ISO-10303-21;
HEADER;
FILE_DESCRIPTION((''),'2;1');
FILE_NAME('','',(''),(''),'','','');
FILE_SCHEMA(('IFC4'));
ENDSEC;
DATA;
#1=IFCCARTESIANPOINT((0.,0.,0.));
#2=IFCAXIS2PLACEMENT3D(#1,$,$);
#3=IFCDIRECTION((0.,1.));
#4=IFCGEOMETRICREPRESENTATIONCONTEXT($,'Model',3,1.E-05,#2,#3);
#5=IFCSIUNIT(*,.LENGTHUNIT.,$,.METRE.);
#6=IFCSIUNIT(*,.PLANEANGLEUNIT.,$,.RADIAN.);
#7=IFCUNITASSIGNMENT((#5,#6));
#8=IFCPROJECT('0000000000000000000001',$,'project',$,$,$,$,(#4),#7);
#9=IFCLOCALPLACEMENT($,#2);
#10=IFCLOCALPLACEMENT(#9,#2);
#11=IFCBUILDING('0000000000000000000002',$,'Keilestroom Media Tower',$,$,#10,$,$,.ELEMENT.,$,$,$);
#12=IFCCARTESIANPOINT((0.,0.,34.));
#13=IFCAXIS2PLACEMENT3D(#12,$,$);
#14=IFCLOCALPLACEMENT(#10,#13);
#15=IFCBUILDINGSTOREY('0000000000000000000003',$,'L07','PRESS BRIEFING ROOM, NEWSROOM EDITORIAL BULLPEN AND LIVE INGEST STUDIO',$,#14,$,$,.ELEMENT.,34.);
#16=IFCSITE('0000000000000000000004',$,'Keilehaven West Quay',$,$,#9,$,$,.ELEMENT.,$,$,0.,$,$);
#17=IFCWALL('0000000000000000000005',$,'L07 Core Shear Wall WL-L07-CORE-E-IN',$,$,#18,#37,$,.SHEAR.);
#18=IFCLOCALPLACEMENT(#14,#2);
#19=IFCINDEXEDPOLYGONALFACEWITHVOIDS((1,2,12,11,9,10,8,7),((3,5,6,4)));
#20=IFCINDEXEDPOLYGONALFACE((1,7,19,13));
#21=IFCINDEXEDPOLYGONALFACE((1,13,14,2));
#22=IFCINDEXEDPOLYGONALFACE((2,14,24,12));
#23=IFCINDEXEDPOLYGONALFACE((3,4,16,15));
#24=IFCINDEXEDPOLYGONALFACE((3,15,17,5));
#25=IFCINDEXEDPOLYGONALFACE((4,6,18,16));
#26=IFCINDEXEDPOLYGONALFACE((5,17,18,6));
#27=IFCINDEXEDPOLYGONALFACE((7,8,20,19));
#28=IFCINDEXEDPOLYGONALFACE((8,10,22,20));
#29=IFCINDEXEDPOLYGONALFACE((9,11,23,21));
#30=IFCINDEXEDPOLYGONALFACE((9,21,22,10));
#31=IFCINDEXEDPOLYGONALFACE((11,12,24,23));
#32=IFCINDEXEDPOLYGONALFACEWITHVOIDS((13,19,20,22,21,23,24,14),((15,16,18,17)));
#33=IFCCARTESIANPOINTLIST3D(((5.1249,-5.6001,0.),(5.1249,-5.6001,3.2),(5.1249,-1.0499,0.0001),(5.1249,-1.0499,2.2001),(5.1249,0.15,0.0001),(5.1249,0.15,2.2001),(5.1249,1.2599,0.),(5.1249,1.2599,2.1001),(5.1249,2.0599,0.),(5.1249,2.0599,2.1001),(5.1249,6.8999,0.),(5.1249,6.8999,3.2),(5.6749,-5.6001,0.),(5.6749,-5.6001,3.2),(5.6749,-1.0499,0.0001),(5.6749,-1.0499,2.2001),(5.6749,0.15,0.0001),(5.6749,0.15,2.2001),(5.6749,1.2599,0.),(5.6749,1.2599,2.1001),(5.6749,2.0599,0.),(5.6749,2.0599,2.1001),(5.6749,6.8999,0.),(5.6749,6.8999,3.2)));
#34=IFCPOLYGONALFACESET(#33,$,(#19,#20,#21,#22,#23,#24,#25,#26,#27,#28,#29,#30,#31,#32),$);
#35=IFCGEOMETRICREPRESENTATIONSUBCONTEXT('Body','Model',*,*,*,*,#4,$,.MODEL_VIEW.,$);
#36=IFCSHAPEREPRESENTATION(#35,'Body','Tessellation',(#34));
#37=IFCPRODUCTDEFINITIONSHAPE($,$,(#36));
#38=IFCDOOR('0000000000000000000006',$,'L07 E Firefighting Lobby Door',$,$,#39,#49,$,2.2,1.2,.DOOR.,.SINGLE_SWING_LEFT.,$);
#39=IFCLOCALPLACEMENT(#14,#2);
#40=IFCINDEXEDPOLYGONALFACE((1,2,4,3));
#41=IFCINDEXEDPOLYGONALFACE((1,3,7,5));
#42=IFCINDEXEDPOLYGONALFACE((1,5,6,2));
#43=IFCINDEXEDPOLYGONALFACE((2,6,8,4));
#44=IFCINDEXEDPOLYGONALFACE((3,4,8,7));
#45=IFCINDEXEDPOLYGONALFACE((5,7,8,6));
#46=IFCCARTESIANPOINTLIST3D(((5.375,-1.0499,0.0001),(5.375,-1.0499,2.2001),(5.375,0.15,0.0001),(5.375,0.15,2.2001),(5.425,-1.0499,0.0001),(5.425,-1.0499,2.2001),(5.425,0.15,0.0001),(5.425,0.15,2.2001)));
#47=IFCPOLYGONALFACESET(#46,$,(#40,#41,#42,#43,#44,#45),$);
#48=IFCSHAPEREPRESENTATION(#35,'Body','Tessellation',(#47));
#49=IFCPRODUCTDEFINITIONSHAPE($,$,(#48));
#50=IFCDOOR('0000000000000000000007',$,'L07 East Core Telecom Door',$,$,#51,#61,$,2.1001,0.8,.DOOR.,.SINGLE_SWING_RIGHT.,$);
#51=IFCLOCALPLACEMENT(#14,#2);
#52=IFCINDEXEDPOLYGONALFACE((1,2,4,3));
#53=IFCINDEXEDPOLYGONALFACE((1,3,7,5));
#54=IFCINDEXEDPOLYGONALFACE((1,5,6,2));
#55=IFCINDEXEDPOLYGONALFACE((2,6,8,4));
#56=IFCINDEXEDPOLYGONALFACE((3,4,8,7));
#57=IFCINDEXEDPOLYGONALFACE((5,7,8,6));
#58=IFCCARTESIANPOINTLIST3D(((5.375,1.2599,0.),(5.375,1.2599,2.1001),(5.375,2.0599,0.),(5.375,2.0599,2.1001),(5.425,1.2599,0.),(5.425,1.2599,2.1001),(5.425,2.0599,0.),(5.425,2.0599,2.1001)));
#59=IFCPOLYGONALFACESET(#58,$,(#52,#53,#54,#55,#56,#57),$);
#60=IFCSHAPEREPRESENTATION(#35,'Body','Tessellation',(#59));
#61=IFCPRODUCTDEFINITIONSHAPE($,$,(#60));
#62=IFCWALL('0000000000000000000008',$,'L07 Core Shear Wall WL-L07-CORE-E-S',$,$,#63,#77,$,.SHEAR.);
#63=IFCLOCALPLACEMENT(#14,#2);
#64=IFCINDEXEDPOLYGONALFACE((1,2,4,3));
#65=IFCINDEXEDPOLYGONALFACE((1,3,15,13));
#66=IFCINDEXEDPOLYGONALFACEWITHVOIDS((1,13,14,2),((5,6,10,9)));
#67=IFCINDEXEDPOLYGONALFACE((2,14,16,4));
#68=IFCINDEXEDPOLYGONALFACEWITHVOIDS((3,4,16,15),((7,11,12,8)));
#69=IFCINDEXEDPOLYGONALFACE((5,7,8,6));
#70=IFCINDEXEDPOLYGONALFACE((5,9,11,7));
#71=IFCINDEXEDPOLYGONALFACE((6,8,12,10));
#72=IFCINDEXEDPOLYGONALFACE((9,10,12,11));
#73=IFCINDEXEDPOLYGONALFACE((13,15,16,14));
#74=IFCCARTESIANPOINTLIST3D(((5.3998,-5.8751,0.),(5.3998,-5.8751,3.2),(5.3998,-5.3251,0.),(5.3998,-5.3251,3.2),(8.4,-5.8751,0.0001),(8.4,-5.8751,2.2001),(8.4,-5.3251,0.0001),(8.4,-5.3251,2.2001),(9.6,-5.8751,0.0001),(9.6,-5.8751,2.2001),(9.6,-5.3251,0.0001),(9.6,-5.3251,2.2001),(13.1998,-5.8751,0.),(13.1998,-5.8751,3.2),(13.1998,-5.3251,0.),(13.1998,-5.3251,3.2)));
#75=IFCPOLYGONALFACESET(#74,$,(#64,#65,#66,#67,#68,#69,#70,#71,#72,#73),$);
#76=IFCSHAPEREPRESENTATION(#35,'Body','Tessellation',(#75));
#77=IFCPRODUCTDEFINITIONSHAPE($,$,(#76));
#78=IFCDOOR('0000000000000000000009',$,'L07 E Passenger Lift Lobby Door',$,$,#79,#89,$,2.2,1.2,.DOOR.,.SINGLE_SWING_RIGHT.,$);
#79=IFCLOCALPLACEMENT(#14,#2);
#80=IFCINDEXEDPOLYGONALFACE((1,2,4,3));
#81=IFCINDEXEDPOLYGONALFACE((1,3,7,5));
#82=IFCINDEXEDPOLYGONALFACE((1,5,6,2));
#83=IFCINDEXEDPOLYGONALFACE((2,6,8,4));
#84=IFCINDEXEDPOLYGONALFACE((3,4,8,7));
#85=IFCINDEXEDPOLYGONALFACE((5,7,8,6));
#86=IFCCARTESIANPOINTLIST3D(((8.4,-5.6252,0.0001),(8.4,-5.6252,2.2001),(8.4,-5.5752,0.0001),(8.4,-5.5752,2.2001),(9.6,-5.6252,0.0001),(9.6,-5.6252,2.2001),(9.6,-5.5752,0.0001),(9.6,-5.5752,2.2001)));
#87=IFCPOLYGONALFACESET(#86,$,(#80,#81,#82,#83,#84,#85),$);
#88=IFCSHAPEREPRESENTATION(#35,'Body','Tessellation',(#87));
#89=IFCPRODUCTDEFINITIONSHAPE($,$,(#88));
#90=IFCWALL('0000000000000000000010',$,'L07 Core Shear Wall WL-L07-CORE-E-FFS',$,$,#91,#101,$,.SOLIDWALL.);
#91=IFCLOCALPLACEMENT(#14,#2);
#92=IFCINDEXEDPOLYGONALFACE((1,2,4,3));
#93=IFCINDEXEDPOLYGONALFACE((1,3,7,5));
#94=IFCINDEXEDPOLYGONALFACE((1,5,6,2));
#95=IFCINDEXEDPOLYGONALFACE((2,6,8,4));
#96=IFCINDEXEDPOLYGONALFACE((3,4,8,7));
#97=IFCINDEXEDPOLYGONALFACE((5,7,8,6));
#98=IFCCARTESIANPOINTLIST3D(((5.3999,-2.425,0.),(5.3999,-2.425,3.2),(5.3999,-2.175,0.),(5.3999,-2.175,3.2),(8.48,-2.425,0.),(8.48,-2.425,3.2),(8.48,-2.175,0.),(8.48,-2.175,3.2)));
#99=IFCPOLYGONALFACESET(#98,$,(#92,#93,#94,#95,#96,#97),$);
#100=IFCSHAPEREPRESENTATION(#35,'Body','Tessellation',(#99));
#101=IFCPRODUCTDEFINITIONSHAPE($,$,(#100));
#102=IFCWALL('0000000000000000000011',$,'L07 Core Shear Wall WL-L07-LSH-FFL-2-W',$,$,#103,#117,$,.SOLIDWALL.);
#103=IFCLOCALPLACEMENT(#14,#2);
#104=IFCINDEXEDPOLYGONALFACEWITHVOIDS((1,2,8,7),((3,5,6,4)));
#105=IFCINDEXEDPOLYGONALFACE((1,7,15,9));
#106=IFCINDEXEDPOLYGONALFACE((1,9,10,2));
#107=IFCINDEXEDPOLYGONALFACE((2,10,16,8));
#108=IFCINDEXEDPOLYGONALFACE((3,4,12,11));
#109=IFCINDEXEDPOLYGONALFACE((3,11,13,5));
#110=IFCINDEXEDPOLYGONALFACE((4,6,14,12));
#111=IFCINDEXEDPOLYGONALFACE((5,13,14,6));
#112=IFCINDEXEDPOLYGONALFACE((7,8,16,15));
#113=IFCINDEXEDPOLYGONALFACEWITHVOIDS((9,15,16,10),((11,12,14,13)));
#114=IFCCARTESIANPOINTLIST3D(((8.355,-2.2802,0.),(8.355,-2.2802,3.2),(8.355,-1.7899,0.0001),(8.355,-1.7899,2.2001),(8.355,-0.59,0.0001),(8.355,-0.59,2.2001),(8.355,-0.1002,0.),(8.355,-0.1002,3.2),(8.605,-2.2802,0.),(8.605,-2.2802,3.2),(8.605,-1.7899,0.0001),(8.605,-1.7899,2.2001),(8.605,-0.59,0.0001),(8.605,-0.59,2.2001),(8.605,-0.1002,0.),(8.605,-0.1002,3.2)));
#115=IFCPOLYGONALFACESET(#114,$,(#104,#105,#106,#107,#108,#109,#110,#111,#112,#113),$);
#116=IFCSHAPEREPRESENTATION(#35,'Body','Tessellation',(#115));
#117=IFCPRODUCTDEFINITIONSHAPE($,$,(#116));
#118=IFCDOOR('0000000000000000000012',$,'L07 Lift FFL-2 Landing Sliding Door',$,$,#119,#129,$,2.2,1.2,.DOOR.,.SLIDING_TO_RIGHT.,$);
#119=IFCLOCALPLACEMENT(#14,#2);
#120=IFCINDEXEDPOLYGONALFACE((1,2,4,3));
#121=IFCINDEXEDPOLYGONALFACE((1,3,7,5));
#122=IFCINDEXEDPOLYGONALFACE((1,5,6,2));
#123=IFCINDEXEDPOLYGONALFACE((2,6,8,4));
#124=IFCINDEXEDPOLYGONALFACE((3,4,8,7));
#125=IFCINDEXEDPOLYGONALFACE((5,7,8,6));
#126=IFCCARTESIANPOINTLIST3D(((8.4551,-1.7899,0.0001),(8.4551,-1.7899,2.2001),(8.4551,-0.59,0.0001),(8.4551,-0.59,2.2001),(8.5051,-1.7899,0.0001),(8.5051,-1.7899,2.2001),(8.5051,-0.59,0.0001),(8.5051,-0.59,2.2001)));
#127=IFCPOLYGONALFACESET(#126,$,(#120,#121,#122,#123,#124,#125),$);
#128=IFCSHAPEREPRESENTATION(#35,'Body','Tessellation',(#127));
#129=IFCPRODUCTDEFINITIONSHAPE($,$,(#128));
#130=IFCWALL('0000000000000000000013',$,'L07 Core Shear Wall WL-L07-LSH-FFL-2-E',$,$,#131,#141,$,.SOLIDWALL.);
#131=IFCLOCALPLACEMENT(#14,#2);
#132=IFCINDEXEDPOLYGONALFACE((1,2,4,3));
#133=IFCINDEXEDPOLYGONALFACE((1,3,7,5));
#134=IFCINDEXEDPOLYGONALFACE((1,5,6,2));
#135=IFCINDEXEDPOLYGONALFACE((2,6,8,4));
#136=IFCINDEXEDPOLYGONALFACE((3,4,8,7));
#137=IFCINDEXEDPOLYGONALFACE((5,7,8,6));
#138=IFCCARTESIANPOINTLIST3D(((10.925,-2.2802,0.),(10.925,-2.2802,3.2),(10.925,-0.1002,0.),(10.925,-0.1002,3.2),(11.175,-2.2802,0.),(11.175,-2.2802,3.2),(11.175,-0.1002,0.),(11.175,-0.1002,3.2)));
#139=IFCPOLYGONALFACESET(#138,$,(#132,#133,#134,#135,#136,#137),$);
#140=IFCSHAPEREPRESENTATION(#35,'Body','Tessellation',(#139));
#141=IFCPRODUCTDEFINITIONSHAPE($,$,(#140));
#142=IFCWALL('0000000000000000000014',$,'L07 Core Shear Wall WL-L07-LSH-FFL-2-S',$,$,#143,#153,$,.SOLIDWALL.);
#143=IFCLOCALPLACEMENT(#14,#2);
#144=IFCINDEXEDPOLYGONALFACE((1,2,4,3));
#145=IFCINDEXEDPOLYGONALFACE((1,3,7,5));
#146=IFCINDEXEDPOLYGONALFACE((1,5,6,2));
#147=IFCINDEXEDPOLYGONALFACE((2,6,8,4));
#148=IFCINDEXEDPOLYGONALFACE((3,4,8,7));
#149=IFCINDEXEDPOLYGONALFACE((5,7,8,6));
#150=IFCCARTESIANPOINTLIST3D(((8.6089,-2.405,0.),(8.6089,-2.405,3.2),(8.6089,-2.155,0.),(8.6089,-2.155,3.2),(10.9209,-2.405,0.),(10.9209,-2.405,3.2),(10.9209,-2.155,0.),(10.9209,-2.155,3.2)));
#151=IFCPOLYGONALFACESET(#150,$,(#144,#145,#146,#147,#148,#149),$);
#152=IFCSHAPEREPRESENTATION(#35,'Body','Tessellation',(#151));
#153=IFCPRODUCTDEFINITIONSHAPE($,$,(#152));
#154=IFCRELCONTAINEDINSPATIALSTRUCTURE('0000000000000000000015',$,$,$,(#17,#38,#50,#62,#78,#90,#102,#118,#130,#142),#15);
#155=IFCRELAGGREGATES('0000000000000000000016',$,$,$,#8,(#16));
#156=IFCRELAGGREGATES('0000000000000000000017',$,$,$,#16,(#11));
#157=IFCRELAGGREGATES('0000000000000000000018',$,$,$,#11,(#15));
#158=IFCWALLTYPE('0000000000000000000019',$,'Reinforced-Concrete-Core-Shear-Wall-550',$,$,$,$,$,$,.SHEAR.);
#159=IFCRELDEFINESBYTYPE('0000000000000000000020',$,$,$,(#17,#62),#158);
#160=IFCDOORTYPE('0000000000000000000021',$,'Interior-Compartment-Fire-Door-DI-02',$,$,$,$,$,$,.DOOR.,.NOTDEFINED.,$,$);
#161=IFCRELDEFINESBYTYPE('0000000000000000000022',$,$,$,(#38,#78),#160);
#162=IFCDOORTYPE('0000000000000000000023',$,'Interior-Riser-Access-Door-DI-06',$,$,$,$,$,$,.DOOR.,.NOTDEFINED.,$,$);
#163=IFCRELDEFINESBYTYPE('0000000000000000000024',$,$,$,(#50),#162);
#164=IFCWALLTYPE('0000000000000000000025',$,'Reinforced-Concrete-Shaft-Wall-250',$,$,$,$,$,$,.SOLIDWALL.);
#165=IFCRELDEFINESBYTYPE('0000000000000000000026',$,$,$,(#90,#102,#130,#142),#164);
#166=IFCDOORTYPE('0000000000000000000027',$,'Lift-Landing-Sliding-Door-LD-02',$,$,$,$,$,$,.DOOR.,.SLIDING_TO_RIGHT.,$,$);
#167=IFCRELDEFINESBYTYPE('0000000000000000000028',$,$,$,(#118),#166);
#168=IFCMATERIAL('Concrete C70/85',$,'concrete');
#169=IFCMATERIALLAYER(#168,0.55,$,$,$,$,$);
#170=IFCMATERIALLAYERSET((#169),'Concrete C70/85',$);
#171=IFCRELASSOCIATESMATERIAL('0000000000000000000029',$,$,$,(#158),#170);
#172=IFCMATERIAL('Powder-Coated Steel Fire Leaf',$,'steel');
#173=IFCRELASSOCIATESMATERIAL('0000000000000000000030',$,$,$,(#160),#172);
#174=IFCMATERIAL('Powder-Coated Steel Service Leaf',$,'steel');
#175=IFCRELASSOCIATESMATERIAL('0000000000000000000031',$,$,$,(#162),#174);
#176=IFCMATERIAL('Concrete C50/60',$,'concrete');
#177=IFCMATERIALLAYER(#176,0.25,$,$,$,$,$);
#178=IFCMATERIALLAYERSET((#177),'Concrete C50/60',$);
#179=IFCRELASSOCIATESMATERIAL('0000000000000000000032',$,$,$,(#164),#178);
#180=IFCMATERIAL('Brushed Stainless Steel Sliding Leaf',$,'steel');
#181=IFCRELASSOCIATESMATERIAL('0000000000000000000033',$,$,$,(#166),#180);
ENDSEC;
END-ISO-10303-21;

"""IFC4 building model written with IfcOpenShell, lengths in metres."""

from ifc_helpers import new_model, si_unit, direction, frame, frame_2d, origin, place, context, subcontext, project, spatial, rectangle, extrude, source, transform, mapped, material, layer, layer_set, type_object, element, fill, save


model = new_model("IFC4")

# Units and contexts
model_context = context("Model", 3, precision=1e-05, world=origin(), true_north=direction((0.0, 1.0)))
body_context = subcontext(model_context, "Body", "Model", "MODEL_VIEW")
ifc_project = project(units=[si_unit("LENGTHUNIT", "METRE"), si_unit("PLANEANGLEUNIT", "RADIAN")], contexts=[model_context])

# Site, building, storey
site_placement = place(None, origin())
site = spatial("IfcSite", under=ifc_project, at=site_placement, Name="Keilehaven West Quay", CompositionType="ELEMENT", RefElevation=0.0)
building_placement = place(site_placement, origin())
building = spatial("IfcBuilding", under=site, at=building_placement, Name="Keilestroom Media Tower", CompositionType="ELEMENT")
storey_placement = place(building_placement, frame((0.0, 0.0, 34.0)))
storey = spatial("IfcBuildingStorey", under=building, at=storey_placement, Name="L07", Description="PRESS BRIEFING ROOM, NEWSROOM EDITORIAL BULLPEN AND LIVE INGEST STUDIO", CompositionType="ELEMENT", Elevation=34.0)

# Shared definitions
ifc_material_1 = material(Name="Concrete C70/85", Category="concrete")

# Wall, openings, doors
ifc_layer_1 = layer(ifc_material_1, 0.55)
ifc_layer_set_1 = layer_set([ifc_layer_1], Name="Concrete C70/85")
wall_type_1 = type_object("IfcWallType", Name="Reinforced-Concrete-Core-Shear-Wall-550", PredefinedType="SHEAR", material=ifc_layer_set_1)
wall_1_placement = place(storey_placement, frame((5.3999, -5.6001, 0.0), z_axis=(0.0, 0.0, 1.0), x_axis=(0.0, 1.0, 0.0)))
wall_1 = element("IfcWall", 1, at=wall_1_placement, inside=storey, type_object=wall_type_1, Name="L07 Core Shear Wall WL-L07-CORE-E-IN", PredefinedType="SHEAR", context=body_context, shape_type="SweptSolid", body=[
    extrude(rectangle(XDim=12.5, YDim=0.55, at=frame_2d((6.25, 0.0))), origin(), (0.0, 0.0, 1.0), 3.2),
])
opening_1_placement = place(wall_1_placement, frame((4.55, 0.0, 0.0)))
opening_1 = element("IfcOpeningElement", 2, at=opening_1_placement, cuts=wall_1, PredefinedType="OPENING", context=body_context, shape_type="SweptSolid", body=[
    extrude(rectangle(XDim=1.2, YDim=2.2, at=frame_2d((0.6001, 1.1001))), frame((0.0, 0.2852, 0.0), z_axis=(0.0, -1.0, 0.0), x_axis=(1.0, 0.0, 0.0)), (0.0, 0.0, 1.0), 0.5701),
])
opening_2_placement = place(wall_1_placement, frame((6.8601, 0.0, 0.0)))
opening_2 = element("IfcOpeningElement", 3, at=opening_2_placement, cuts=wall_1, PredefinedType="OPENING", context=body_context, shape_type="SweptSolid", body=[
    extrude(rectangle(XDim=0.8, YDim=2.1001, at=frame_2d((0.3999, 1.05))), frame((0.0, 0.2852, 0.0), z_axis=(0.0, -1.0, 0.0), x_axis=(1.0, 0.0, 0.0)), (0.0, 0.0, 1.0), 0.5701),
])
ifc_material_2 = material(Name="Powder-Coated Steel Fire Leaf", Category="steel")
door_type_1 = type_object("IfcDoorType", Name="Interior-Compartment-Fire-Door-DI-02", OperationType="NOTDEFINED", PredefinedType="DOOR", material=ifc_material_2)
shared_shape_1 = source(origin(), body_context, "Body", "SweptSolid", [
    extrude(rectangle(XDim=1.2, YDim=2.2, at=frame_2d((0.6001, 1.1001))), frame((0.0, 0.0249, 0.0), z_axis=(0.0, -1.0, 0.0), x_axis=(1.0, 0.0, 0.0)), (0.0, 0.0, 1.0), 0.05),
])
door_1_placement = place(opening_1_placement, origin())
door_1 = element("IfcDoor", 4, at=door_1_placement, inside=storey, type_object=door_type_1, Name="L07 E Firefighting Lobby Door", OperationType="SINGLE_SWING_LEFT", OverallHeight=2.2, OverallWidth=1.2, PredefinedType="DOOR", context=body_context, shape_type="MappedRepresentation", body=[
    mapped(shared_shape_1, transform((0.0, 0.0, 0.0), x_axis=(1.0, 0.0, 0.0), y_axis=(0.0, 1.0, 0.0), z_axis=(0.0, 0.0, 1.0), scale=1.0)),
])
fill(opening_1, door_1)
ifc_material_3 = material(Name="Powder-Coated Steel Service Leaf", Category="steel")
door_type_2 = type_object("IfcDoorType", Name="Interior-Riser-Access-Door-DI-06", OperationType="NOTDEFINED", PredefinedType="DOOR", material=ifc_material_3)
shared_shape_2 = source(origin(), body_context, "Body", "SweptSolid", [
    extrude(rectangle(XDim=0.8, YDim=2.1001, at=frame_2d((0.3999, 1.05))), frame((0.0, 0.0249, 0.0), z_axis=(0.0, -1.0, 0.0), x_axis=(1.0, 0.0, 0.0)), (0.0, 0.0, 1.0), 0.05),
])
door_2_placement = place(opening_2_placement, origin())
door_2 = element("IfcDoor", 5, at=door_2_placement, inside=storey, type_object=door_type_2, Name="L07 East Core Telecom Door", OperationType="SINGLE_SWING_RIGHT", OverallHeight=2.1001, OverallWidth=0.8, PredefinedType="DOOR", context=body_context, shape_type="MappedRepresentation", body=[
    mapped(shared_shape_2, transform((0.0, 0.0, 0.0), x_axis=(1.0, 0.0, 0.0), y_axis=(0.0, 1.0, 0.0), z_axis=(0.0, 0.0, 1.0), scale=1.0)),
])
fill(opening_2, door_2)

# Wall, opening, door
wall_2_placement = place(storey_placement, frame((5.3999, -5.6001, 0.0), z_axis=(0.0, 0.0, 1.0), x_axis=(1.0, 0.0, 0.0)))
wall_2 = element("IfcWall", 6, at=wall_2_placement, inside=storey, type_object=wall_type_1, Name="L07 Core Shear Wall WL-L07-CORE-E-S", PredefinedType="SHEAR", context=body_context, shape_type="SweptSolid", body=[
    extrude(rectangle(XDim=7.8, YDim=0.55, at=frame_2d((3.8999, 0.0))), origin(), (0.0, 0.0, 1.0), 3.2),
])
opening_3_placement = place(wall_2_placement, frame((3.0, 0.0, 0.0)))
opening_3 = element("IfcOpeningElement", 7, at=opening_3_placement, cuts=wall_2, PredefinedType="OPENING", context=body_context, shape_type="SweptSolid", body=[
    extrude(rectangle(XDim=1.2, YDim=2.2, at=frame_2d((0.6001, 1.1001))), frame((0.0, 0.2852, 0.0), z_axis=(0.0, -1.0, 0.0), x_axis=(1.0, 0.0, 0.0)), (0.0, 0.0, 1.0), 0.5701),
])
door_3_placement = place(opening_3_placement, origin())
door_3 = element("IfcDoor", 8, at=door_3_placement, inside=storey, type_object=door_type_1, Name="L07 E Passenger Lift Lobby Door", OperationType="SINGLE_SWING_RIGHT", OverallHeight=2.2, OverallWidth=1.2, PredefinedType="DOOR", context=body_context, shape_type="MappedRepresentation", body=[
    mapped(shared_shape_1, transform((0.0, 0.0, 0.0), x_axis=(1.0, 0.0, 0.0), y_axis=(0.0, 1.0, 0.0), z_axis=(0.0, 0.0, 1.0), scale=1.0)),
])
fill(opening_3, door_3)

# Wall
ifc_material_4 = material(Name="Concrete C50/60", Category="concrete")
ifc_layer_2 = layer(ifc_material_4, 0.25)
ifc_layer_set_2 = layer_set([ifc_layer_2], Name="Concrete C50/60")
wall_type_2 = type_object("IfcWallType", Name="Reinforced-Concrete-Shaft-Wall-250", PredefinedType="SOLIDWALL", material=ifc_layer_set_2)
wall_3_placement = place(storey_placement, frame((5.3999, -2.3, 0.0), z_axis=(0.0, 0.0, 1.0), x_axis=(1.0, 0.0, 0.0)))
element("IfcWall", 9, at=wall_3_placement, inside=storey, type_object=wall_type_2, Name="L07 Core Shear Wall WL-L07-CORE-E-FFS", PredefinedType="SOLIDWALL", context=body_context, shape_type="SweptSolid", body=[
    extrude(rectangle(XDim=3.0801, YDim=0.25, at=frame_2d((1.54, 0.0))), origin(), (0.0, 0.0, 1.0), 3.2),
])

# Wall, opening, door
wall_4_placement = place(storey_placement, frame((8.48, -2.28, 0.0), z_axis=(0.0, 0.0, 1.0), x_axis=(0.0, 1.0, 0.0)))
wall_4 = element("IfcWall", 10, at=wall_4_placement, inside=storey, type_object=wall_type_2, Name="L07 Core Shear Wall WL-L07-LSH-FFL-2-W", PredefinedType="SOLIDWALL", context=body_context, shape_type="SweptSolid", body=[
    extrude(rectangle(XDim=2.1799, YDim=0.25, at=frame_2d((1.0898, 0.0))), origin(), (0.0, 0.0, 1.0), 3.2),
])
opening_4_placement = place(wall_4_placement, frame((0.49, 0.0, 0.0)))
opening_4 = element("IfcOpeningElement", 11, at=opening_4_placement, cuts=wall_4, PredefinedType="OPENING", context=body_context, shape_type="SweptSolid", body=[
    extrude(rectangle(XDim=1.2, YDim=2.2, at=frame_2d((0.6001, 1.1001))), frame((0.0, 0.135, 0.0), z_axis=(0.0, -1.0, 0.0), x_axis=(1.0, 0.0, 0.0)), (0.0, 0.0, 1.0), 0.27),
])
ifc_material_5 = material(Name="Brushed Stainless Steel Sliding Leaf", Category="steel")
door_type_3 = type_object("IfcDoorType", Name="Lift-Landing-Sliding-Door-LD-02", OperationType="SLIDING_TO_RIGHT", PredefinedType="DOOR", material=ifc_material_5)
door_4_placement = place(opening_4_placement, origin())
door_4 = element("IfcDoor", 12, at=door_4_placement, inside=storey, type_object=door_type_3, Name="L07 Lift FFL-2 Landing Sliding Door", OperationType="SLIDING_TO_RIGHT", OverallHeight=2.2, OverallWidth=1.2, PredefinedType="DOOR", context=body_context, shape_type="MappedRepresentation", body=[
    mapped(shared_shape_1, transform((0.0, 0.0, 0.0), x_axis=(1.0, 0.0, 0.0), y_axis=(0.0, 1.0, 0.0), z_axis=(0.0, 0.0, 1.0), scale=1.0)),
])
fill(opening_4, door_4)

# Walls
wall_5_placement = place(storey_placement, frame((11.05, -2.28, 0.0), z_axis=(0.0, 0.0, 1.0), x_axis=(0.0, 1.0, 0.0)))
element("IfcWall", 13, at=wall_5_placement, inside=storey, type_object=wall_type_2, Name="L07 Core Shear Wall WL-L07-LSH-FFL-2-E", PredefinedType="SOLIDWALL", context=body_context, shape_type="SweptSolid", body=[
    extrude(rectangle(XDim=2.1799, YDim=0.25, at=frame_2d((1.0898, 0.0))), origin(), (0.0, 0.0, 1.0), 3.2),
])
wall_6_placement = place(storey_placement, frame((8.6089, -2.28, 0.0), z_axis=(0.0, 0.0, 1.0), x_axis=(1.0, 0.0, 0.0)))
element("IfcWall", 14, at=wall_6_placement, inside=storey, type_object=wall_type_2, Name="L07 Core Shear Wall WL-L07-LSH-FFL-2-S", PredefinedType="SOLIDWALL", context=body_context, shape_type="SweptSolid", body=[
    extrude(rectangle(XDim=2.312, YDim=0.25, at=frame_2d((1.156, 0.0))), origin(), (0.0, 0.0, 1.0), 3.2),
])

save(model, "model.ifc")
